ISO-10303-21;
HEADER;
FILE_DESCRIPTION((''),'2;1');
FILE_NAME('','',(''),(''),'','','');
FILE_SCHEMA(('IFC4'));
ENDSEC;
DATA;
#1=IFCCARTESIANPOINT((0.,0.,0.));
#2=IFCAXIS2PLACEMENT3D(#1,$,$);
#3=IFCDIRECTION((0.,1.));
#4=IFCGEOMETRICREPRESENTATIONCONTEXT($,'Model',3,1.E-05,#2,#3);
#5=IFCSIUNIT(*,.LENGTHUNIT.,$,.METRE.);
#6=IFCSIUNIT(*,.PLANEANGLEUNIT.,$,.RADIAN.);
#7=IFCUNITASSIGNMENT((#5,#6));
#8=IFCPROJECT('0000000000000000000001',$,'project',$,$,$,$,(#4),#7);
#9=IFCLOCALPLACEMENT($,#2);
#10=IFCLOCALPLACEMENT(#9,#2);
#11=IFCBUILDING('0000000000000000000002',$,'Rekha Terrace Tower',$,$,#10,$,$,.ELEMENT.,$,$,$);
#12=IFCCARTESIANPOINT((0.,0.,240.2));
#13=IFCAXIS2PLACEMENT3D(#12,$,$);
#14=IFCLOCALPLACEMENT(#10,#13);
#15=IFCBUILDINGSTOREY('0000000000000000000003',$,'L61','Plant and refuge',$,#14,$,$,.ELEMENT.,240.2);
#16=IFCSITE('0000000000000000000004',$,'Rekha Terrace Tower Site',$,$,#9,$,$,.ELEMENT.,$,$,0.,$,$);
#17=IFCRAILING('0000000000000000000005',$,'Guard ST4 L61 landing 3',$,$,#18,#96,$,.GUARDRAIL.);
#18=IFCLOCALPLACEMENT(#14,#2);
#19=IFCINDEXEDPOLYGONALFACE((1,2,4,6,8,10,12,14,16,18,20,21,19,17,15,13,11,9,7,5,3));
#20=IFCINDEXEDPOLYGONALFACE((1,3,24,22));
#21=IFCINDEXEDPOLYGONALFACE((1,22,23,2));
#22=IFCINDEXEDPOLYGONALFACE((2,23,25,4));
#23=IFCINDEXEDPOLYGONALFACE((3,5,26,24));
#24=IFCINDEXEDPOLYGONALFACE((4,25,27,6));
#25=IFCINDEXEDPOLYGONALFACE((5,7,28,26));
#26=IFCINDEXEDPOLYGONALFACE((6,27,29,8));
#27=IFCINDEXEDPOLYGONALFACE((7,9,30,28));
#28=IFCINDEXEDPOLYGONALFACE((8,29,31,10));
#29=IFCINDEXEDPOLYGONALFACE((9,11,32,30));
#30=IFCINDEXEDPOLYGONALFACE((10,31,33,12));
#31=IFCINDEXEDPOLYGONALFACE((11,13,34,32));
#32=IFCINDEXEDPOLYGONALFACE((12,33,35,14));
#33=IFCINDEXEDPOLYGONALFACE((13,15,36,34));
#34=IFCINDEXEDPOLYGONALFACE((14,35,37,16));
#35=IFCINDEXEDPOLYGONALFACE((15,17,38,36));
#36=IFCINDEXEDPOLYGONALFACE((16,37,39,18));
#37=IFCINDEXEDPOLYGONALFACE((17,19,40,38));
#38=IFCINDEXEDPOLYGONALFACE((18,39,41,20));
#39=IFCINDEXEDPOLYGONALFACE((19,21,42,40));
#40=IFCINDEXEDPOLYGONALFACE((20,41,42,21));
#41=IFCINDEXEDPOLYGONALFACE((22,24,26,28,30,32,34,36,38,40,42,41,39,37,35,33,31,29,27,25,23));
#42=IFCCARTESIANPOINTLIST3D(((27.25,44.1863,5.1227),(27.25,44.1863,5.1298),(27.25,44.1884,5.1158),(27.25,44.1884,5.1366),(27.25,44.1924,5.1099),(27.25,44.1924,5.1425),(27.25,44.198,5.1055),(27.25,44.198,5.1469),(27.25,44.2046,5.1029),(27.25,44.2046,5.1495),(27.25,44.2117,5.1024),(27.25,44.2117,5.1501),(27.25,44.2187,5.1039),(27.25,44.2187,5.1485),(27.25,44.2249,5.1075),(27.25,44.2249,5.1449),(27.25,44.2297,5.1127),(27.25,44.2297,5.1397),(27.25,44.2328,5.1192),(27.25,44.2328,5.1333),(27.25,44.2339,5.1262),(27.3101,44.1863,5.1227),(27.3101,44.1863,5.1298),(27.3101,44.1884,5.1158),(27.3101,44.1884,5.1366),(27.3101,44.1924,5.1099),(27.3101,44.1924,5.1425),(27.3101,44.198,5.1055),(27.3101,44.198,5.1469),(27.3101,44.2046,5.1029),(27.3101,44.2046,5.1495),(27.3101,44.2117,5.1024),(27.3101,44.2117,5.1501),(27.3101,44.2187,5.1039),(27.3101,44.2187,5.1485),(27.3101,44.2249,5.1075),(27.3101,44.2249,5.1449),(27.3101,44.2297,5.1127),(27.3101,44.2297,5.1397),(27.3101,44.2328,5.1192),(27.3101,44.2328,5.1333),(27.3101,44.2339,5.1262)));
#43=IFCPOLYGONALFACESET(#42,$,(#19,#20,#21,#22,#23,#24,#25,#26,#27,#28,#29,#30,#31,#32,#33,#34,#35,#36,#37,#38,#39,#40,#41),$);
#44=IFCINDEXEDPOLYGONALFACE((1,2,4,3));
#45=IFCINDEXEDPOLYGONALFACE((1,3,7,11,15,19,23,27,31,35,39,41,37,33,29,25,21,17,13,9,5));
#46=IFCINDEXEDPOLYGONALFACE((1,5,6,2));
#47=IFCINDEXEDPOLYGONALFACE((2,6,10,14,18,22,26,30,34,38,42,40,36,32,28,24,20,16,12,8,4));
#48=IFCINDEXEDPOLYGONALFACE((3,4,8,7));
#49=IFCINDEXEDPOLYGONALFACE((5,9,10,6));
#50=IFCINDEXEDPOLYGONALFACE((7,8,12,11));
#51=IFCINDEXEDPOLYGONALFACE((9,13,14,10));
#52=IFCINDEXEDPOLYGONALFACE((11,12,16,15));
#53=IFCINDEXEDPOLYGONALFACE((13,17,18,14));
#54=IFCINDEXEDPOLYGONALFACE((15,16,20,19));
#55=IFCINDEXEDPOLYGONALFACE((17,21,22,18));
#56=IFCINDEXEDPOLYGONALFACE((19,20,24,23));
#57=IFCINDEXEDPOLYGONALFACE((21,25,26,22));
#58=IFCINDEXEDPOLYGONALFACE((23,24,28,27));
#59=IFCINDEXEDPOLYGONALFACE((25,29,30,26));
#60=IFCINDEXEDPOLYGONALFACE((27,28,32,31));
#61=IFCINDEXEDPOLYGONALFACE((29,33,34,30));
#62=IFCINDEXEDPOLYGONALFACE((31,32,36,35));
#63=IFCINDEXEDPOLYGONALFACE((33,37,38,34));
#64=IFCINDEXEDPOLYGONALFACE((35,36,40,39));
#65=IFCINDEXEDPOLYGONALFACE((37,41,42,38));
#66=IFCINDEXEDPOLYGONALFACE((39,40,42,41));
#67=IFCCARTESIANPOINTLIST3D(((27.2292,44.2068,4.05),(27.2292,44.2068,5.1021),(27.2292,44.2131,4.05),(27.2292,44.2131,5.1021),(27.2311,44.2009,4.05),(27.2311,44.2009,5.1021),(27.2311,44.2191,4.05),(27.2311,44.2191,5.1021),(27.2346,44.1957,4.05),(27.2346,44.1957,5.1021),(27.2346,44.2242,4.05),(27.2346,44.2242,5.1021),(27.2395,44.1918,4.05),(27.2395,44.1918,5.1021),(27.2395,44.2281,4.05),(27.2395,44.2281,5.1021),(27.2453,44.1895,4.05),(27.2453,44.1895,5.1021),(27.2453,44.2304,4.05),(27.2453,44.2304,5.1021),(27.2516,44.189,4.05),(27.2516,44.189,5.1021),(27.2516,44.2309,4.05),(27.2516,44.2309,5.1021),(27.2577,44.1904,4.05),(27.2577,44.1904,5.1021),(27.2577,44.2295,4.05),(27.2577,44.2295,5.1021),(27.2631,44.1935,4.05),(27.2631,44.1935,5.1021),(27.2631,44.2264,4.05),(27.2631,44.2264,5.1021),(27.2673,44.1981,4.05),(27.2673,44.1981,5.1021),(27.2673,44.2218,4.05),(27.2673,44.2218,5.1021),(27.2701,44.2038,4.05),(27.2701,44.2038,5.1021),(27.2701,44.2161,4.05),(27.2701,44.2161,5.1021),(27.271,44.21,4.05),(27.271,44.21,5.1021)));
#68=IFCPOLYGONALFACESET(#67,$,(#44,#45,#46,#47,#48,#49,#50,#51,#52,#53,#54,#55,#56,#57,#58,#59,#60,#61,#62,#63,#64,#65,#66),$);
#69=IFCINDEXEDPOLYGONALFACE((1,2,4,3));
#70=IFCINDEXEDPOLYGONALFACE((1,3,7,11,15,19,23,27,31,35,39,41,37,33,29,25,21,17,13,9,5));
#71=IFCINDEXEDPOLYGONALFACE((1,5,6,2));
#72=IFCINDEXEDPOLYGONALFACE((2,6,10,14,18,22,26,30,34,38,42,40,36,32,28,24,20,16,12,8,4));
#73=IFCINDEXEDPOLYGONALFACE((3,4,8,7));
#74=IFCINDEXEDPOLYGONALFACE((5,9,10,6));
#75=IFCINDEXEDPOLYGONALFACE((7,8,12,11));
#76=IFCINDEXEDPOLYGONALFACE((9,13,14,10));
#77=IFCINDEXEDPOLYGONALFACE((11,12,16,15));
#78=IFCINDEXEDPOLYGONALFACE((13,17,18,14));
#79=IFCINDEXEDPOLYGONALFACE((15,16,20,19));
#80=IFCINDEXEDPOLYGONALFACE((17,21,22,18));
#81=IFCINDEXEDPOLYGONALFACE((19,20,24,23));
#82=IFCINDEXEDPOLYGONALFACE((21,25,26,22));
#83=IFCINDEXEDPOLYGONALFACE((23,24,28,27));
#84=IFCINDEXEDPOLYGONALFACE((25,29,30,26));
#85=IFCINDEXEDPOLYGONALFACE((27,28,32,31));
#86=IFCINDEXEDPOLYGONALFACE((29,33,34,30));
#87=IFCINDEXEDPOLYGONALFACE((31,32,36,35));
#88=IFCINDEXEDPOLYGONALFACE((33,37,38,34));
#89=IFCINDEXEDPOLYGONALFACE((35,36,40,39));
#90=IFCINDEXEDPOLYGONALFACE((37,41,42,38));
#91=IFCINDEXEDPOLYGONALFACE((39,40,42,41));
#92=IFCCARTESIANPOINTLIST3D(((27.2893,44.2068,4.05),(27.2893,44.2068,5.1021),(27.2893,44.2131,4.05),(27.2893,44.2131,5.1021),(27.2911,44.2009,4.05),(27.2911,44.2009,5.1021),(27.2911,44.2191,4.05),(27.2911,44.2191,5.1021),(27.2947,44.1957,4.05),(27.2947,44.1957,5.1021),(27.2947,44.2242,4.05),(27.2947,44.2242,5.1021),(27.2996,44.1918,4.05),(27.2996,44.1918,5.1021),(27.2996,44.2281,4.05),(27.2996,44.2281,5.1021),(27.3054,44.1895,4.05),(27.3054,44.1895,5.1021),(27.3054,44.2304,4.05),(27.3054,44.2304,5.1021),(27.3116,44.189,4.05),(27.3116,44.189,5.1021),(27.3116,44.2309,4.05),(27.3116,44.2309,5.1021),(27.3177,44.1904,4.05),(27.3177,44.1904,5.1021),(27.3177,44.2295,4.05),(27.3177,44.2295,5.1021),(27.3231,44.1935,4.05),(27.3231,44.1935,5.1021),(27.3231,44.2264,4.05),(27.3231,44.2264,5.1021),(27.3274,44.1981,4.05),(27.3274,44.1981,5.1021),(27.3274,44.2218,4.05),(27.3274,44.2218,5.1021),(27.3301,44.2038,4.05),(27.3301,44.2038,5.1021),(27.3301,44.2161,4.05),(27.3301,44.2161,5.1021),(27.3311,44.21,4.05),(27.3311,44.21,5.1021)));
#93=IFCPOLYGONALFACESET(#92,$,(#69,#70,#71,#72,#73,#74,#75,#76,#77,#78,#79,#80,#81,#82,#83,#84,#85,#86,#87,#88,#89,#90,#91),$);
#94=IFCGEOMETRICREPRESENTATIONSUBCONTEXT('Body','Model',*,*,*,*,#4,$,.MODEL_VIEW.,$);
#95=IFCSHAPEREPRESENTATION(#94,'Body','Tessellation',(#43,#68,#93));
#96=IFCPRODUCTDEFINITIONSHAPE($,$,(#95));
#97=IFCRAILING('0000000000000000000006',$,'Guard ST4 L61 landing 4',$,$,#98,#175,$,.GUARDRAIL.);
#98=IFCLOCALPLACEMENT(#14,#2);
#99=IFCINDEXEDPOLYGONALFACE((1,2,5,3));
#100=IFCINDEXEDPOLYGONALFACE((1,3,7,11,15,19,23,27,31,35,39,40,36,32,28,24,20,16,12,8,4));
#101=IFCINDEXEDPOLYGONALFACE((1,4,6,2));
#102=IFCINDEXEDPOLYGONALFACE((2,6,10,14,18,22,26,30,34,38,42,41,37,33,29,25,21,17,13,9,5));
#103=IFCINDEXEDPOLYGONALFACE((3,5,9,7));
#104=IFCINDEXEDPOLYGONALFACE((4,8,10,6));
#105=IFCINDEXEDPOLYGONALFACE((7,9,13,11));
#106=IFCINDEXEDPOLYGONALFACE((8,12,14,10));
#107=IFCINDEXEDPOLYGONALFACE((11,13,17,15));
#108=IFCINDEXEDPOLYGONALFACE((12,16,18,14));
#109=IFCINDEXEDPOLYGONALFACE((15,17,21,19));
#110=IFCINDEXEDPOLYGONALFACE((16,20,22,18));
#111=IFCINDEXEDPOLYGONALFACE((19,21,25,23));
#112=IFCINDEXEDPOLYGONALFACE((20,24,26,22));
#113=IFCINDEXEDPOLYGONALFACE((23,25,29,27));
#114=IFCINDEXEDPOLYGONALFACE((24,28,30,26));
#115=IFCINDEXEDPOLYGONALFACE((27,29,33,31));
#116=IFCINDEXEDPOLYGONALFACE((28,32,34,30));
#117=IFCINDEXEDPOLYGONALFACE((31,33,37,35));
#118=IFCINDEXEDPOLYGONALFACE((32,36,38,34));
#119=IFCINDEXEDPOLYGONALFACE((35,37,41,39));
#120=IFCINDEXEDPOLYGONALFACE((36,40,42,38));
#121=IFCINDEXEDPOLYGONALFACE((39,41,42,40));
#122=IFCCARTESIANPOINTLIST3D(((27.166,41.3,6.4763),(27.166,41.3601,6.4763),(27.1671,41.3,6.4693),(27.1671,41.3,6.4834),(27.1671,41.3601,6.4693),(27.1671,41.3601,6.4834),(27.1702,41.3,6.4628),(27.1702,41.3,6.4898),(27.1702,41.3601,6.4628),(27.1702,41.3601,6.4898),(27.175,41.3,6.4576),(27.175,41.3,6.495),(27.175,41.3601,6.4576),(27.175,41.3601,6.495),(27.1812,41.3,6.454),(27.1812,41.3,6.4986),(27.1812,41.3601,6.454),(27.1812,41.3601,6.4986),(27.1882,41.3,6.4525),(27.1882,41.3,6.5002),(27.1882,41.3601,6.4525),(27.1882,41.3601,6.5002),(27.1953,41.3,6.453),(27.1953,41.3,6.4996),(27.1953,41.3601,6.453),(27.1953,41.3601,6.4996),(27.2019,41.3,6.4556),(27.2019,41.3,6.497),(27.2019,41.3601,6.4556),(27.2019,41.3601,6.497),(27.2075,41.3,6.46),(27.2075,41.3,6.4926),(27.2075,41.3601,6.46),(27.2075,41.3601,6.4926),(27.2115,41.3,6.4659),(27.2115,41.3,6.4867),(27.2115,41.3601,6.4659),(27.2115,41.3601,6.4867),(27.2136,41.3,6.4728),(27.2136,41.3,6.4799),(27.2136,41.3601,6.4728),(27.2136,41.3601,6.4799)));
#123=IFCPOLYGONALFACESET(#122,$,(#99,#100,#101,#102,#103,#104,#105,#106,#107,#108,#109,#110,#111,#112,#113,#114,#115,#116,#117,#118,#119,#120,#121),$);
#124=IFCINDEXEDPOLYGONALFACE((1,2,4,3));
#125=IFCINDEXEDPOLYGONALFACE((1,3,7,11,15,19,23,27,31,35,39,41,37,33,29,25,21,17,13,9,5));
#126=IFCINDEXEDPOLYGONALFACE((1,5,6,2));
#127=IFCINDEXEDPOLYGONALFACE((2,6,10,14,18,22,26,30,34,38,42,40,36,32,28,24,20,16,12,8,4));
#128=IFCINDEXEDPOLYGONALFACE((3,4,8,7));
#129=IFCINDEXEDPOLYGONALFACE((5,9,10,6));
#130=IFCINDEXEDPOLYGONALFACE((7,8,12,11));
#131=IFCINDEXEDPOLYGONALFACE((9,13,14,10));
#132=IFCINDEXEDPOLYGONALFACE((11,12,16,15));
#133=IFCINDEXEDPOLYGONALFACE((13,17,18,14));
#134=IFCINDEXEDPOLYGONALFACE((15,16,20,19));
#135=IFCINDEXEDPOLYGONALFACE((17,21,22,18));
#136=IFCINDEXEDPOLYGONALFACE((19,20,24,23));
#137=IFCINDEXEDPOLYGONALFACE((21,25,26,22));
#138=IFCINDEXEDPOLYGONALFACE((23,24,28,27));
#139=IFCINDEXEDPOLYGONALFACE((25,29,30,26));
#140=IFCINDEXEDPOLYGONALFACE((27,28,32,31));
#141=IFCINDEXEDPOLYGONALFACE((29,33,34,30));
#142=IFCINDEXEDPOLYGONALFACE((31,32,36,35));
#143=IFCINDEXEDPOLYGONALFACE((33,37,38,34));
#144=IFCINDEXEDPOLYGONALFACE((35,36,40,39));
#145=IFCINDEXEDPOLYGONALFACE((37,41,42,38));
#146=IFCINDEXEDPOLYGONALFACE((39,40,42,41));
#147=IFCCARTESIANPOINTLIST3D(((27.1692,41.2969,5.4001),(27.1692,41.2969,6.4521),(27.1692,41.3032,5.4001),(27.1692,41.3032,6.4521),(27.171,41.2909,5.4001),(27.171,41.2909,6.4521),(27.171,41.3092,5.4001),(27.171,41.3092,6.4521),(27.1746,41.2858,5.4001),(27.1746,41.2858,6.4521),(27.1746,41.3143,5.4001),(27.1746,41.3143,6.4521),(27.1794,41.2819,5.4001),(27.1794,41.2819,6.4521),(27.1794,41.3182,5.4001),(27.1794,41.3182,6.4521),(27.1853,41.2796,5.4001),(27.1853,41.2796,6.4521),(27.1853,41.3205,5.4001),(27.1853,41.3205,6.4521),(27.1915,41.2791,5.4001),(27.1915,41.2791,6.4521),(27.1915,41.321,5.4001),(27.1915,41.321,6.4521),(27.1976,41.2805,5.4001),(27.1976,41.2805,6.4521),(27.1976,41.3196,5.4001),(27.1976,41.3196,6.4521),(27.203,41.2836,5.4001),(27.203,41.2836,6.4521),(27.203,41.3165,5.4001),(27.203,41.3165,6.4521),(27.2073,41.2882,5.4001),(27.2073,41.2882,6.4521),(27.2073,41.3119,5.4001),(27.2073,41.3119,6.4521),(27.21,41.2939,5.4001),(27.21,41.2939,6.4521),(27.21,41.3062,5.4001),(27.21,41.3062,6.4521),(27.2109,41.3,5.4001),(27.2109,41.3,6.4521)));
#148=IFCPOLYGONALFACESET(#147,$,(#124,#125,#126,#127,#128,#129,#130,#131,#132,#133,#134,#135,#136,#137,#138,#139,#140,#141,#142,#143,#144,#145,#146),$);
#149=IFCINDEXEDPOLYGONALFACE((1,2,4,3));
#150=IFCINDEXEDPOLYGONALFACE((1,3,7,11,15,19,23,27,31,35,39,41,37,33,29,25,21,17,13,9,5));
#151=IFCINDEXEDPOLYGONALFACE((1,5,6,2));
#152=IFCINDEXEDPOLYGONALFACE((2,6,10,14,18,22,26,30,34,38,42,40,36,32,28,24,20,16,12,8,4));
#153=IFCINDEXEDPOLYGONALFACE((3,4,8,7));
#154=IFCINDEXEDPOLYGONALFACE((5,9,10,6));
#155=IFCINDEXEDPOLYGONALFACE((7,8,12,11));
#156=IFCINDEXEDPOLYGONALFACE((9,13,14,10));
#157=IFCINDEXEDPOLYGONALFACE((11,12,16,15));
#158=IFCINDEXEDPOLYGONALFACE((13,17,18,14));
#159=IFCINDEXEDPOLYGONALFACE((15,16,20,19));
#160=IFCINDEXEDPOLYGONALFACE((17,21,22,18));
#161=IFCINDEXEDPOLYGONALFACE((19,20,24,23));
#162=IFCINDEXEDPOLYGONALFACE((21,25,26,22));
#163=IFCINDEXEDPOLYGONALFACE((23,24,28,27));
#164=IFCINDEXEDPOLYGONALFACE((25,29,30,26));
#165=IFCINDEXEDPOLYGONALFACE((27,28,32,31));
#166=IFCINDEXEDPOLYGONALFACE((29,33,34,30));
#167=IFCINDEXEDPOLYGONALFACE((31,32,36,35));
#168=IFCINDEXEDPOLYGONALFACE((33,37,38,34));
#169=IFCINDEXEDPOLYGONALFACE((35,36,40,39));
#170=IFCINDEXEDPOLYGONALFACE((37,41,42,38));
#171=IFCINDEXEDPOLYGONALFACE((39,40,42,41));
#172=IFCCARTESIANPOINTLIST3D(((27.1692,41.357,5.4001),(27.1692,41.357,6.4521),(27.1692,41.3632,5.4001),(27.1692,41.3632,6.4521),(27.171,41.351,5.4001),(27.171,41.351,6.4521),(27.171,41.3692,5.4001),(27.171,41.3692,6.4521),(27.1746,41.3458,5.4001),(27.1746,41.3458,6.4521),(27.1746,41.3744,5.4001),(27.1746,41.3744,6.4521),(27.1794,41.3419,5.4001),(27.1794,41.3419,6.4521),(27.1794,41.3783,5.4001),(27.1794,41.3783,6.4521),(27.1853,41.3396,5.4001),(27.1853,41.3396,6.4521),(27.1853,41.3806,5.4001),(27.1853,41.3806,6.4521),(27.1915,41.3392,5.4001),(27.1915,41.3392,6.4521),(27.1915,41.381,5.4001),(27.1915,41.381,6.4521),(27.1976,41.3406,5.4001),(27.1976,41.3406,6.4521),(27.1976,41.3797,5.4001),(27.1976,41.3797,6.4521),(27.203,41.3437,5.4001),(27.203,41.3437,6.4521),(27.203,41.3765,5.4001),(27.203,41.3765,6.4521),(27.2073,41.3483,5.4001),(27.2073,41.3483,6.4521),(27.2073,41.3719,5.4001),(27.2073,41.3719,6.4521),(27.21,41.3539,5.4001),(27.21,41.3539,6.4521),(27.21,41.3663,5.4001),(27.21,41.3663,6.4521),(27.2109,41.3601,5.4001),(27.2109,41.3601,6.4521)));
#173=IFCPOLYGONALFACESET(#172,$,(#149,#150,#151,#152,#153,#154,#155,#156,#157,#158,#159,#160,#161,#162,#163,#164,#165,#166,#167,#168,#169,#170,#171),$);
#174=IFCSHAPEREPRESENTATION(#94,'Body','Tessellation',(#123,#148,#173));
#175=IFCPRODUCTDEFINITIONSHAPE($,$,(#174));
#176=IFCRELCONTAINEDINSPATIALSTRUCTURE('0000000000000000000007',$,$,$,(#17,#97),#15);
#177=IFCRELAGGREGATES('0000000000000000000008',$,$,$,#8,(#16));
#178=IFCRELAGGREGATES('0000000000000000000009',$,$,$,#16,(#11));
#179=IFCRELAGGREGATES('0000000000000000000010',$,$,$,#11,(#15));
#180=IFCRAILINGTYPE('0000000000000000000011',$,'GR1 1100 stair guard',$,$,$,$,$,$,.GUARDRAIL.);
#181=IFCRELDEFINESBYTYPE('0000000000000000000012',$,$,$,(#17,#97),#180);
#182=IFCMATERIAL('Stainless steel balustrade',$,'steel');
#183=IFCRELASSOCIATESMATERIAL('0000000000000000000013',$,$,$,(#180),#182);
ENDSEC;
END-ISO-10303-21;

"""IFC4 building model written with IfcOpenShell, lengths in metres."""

from ifc_helpers import new_model, si_unit, direction, frame, origin, origin_2d, place, context, subcontext, project, spatial, circle, extrude, material, type_object, element, save


model = new_model("IFC4")

# Units and contexts
model_context = context("Model", 3, precision=1e-05, world=origin(), true_north=direction((0.0, 1.0)))
body_context = subcontext(model_context, "Body", "Model", "MODEL_VIEW")
ifc_project = project(units=[si_unit("LENGTHUNIT", "METRE"), si_unit("PLANEANGLEUNIT", "RADIAN")], contexts=[model_context])

# Site, building, storey
site_placement = place(None, origin())
site = spatial("IfcSite", under=ifc_project, at=site_placement, Name="Rekha Terrace Tower Site", CompositionType="ELEMENT", RefElevation=0.0)
building_placement = place(site_placement, origin())
building = spatial("IfcBuilding", under=site, at=building_placement, Name="Rekha Terrace Tower", CompositionType="ELEMENT")
storey_placement = place(building_placement, frame((0.0, 0.0, 240.2)))
storey = spatial("IfcBuildingStorey", under=building, at=storey_placement, Name="L61", Description="Plant and refuge", CompositionType="ELEMENT", Elevation=240.2)

# Railings
ifc_material_1 = material(Name="Stainless steel balustrade", Category="steel")
railing_type_1 = type_object("IfcRailingType", Name="GR1 1100 stair guard", PredefinedType="GUARDRAIL", material=ifc_material_1)
railing_1_placement = place(storey_placement, frame((27.25, 44.21, 4.05)))
element("IfcRailing", 1, at=railing_1_placement, inside=storey, type_object=railing_type_1, Name="Guard ST4 L61 landing 3", PredefinedType="GUARDRAIL", context=body_context, shape_type="SweptSolid", body=[
    extrude(circle(Radius=0.0239, at=origin_2d()), frame((0.0, 0.0, 1.0762), z_axis=(1.0, 0.0, 0.0), x_axis=(0.0, 1.0, 0.0)), (0.0, 0.0, 1.0), 0.0601),
    extrude(circle(Radius=0.021, at=origin_2d()), origin(), (0.0, 0.0, 1.0), 1.052),
    extrude(circle(Radius=0.021, at=origin_2d()), frame((0.0601, 0.0, 0.0)), (0.0, 0.0, 1.0), 1.052),
])
railing_2_placement = place(storey_placement, frame((27.1899, 41.3, 5.4001)))
element("IfcRailing", 2, at=railing_2_placement, inside=storey, type_object=railing_type_1, Name="Guard ST4 L61 landing 4", PredefinedType="GUARDRAIL", context=body_context, shape_type="SweptSolid", body=[
    extrude(circle(Radius=0.0239, at=origin_2d()), frame((0.0, 0.0, 1.0762), z_axis=(0.0, 1.0, 0.0), x_axis=(-1.0, 0.0, 0.0)), (0.0, 0.0, 1.0), 0.0601),
    extrude(circle(Radius=0.021, at=origin_2d()), origin(), (0.0, 0.0, 1.0), 1.052),
    extrude(circle(Radius=0.021, at=origin_2d()), frame((0.0, 0.0601, 0.0)), (0.0, 0.0, 1.0), 1.052),
])

save(model, "model.ifc")
